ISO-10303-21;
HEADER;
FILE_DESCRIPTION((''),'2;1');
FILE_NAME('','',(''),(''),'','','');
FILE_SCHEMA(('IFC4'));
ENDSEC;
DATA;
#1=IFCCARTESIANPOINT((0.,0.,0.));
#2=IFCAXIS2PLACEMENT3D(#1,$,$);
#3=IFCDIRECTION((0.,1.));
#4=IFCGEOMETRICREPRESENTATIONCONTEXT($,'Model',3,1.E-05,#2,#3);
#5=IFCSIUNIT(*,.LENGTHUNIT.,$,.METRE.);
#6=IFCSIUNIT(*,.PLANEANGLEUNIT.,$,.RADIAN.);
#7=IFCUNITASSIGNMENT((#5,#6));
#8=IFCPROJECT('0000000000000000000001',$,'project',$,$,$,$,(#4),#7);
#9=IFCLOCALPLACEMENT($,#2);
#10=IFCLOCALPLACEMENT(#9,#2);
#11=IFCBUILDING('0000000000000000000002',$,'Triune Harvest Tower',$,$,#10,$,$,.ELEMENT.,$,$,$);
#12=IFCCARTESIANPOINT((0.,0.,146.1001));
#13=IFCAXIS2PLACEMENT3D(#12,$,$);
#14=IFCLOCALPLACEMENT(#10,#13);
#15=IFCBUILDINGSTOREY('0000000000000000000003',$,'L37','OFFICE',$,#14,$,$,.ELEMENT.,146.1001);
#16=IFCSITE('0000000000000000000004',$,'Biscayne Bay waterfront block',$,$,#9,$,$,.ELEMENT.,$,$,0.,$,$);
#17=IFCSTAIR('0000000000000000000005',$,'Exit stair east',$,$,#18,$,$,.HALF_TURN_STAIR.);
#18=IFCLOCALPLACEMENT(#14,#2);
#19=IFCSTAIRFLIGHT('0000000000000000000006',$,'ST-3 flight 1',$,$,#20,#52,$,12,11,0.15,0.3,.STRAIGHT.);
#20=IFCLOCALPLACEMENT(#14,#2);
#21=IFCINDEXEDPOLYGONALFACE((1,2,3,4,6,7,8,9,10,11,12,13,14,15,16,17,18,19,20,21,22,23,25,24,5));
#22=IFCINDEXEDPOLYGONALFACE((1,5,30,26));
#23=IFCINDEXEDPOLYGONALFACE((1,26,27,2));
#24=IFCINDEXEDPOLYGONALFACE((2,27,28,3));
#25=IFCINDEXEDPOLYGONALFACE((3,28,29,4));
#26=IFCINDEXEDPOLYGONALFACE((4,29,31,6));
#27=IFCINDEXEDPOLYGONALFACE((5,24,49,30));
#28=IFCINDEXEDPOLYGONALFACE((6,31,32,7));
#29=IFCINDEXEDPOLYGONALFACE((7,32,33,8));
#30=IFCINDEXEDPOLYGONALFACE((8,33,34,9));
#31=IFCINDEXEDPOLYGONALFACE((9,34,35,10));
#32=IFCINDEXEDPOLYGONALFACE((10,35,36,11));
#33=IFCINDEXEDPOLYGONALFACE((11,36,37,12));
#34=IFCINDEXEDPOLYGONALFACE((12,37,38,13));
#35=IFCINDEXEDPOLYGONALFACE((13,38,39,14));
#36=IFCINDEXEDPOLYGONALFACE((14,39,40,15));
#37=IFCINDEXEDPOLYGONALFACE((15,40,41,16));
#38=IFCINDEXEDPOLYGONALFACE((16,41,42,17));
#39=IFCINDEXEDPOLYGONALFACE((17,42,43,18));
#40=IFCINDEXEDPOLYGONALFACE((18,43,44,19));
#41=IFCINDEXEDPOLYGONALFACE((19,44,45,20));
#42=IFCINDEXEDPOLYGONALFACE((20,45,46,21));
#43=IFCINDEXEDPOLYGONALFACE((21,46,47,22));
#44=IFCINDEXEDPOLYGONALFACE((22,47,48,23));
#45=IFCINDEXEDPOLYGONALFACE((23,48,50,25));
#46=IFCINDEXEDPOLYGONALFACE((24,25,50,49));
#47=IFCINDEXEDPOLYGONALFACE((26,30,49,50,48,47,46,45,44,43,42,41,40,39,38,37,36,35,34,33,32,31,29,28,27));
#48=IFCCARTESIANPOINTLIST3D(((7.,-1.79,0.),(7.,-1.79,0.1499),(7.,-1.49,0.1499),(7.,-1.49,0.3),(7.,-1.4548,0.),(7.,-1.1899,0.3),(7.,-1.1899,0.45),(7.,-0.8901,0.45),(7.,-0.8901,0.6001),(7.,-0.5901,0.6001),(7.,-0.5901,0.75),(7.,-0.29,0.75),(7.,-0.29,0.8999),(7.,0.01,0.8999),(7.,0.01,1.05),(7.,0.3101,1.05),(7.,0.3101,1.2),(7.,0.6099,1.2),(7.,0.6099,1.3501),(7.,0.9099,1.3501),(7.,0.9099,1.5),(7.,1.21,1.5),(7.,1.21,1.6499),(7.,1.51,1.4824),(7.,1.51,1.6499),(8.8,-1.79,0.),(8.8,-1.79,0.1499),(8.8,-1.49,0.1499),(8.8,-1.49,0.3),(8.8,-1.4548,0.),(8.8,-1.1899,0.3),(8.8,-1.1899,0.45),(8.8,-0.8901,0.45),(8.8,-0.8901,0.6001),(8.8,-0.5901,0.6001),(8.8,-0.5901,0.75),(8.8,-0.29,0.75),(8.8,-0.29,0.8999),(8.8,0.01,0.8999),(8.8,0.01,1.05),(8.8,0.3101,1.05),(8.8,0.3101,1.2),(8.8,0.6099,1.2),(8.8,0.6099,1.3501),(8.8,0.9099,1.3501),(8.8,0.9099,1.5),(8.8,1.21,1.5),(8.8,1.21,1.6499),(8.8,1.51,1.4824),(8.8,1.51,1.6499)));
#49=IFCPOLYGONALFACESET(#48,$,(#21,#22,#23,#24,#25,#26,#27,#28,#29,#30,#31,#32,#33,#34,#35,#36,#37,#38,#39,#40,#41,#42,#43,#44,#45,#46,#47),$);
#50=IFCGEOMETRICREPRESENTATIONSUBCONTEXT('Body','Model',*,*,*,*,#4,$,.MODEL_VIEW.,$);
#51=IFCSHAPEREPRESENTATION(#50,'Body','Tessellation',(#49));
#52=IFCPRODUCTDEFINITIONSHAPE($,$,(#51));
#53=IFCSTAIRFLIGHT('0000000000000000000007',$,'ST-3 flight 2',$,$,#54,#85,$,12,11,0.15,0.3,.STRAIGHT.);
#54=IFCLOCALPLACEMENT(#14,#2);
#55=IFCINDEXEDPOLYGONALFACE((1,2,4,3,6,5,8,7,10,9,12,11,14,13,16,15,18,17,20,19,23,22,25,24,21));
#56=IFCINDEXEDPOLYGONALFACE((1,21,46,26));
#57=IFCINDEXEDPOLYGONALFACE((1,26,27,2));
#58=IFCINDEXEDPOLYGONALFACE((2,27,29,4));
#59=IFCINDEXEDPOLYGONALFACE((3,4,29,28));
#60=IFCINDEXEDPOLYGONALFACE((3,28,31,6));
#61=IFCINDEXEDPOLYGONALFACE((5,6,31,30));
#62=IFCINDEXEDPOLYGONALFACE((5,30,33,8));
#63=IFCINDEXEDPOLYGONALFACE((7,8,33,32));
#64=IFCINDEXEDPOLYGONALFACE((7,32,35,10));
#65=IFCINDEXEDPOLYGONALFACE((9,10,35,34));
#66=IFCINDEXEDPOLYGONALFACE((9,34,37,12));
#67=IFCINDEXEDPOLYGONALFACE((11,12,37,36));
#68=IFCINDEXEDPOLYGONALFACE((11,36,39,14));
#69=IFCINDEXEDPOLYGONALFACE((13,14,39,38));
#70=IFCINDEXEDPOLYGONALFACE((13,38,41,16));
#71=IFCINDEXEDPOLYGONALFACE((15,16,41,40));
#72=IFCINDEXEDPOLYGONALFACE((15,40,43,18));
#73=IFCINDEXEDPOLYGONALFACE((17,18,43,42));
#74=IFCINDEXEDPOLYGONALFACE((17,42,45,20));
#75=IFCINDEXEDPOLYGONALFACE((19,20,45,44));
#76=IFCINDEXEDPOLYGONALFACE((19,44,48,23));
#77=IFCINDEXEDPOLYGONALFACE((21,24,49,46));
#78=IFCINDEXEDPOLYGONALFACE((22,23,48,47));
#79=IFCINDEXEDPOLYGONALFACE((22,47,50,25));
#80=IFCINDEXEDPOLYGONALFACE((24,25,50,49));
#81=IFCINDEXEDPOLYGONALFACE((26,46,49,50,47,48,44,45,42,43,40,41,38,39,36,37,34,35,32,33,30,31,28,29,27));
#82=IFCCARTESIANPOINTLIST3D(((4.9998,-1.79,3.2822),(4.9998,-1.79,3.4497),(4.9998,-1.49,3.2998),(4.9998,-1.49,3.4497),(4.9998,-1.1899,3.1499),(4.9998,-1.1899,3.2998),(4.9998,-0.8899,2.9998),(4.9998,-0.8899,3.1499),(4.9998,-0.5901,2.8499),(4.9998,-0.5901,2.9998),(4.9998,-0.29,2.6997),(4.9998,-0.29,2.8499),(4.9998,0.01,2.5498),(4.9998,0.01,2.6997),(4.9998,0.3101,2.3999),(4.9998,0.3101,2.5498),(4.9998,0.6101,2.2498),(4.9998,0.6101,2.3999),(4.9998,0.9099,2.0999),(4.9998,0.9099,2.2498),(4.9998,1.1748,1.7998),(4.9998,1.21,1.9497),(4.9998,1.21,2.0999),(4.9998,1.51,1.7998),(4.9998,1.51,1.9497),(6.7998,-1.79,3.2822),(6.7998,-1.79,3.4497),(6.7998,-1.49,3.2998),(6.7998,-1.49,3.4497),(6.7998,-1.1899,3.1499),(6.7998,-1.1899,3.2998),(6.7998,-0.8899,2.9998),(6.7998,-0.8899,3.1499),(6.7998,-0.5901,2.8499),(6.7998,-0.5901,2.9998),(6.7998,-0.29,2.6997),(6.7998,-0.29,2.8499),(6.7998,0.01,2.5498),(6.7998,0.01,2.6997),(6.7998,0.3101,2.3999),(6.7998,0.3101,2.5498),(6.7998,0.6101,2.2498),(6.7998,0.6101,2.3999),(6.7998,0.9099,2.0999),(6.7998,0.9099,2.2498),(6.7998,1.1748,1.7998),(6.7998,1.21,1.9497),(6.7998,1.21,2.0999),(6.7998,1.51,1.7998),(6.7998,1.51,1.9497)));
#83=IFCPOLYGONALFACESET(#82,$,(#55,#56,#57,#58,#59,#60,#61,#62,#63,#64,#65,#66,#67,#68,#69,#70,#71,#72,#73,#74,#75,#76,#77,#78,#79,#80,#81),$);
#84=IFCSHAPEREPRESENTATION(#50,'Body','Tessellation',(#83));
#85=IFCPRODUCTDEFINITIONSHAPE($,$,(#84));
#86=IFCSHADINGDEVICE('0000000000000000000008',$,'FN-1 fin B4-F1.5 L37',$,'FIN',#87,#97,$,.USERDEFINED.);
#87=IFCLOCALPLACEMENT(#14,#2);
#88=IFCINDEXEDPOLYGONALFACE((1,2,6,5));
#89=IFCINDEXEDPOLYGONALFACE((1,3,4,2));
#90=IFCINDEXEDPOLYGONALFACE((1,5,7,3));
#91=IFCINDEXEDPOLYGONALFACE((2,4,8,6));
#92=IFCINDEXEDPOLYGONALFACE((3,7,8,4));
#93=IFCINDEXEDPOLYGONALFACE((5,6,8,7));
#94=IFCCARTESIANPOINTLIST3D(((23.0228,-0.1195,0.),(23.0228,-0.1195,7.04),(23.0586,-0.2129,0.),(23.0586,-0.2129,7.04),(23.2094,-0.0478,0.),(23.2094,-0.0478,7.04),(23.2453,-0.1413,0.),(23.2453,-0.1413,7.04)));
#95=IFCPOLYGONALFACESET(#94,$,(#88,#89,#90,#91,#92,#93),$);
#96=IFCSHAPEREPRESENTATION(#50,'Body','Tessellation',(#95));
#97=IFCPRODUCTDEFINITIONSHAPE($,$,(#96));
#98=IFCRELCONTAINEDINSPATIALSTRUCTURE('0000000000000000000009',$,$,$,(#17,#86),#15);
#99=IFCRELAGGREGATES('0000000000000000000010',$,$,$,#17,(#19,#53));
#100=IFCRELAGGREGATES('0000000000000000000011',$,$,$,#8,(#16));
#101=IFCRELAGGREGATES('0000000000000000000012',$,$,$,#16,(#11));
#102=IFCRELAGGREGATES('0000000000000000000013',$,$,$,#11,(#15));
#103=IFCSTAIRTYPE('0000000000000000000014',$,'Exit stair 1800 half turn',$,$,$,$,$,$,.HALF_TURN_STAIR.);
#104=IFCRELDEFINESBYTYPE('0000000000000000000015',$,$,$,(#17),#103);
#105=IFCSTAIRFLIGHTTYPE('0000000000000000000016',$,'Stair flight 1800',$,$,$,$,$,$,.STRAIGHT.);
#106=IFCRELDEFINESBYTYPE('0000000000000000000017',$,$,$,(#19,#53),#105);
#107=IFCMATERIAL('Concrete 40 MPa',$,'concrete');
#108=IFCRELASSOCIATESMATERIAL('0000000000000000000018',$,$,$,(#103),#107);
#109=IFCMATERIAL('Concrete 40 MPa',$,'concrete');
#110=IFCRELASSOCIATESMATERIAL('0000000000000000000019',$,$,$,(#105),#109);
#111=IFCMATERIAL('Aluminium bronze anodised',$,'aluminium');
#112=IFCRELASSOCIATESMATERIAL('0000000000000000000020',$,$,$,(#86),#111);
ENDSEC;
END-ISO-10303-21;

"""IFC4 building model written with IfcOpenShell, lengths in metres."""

from ifc_helpers import new_model, si_unit, direction, frame, origin, origin_2d, place, context, subcontext, project, spatial, polyline, rectangle, outline, extrude, source, transform, mapped, material, type_object, element, aggregate, save


model = new_model("IFC4")

# Units and contexts
model_context = context("Model", 3, precision=1e-05, world=origin(), true_north=direction((0.0, 1.0)))
body_context = subcontext(model_context, "Body", "Model", "MODEL_VIEW")
ifc_project = project(units=[si_unit("LENGTHUNIT", "METRE"), si_unit("PLANEANGLEUNIT", "RADIAN")], contexts=[model_context])

# Site, building, storey
site_placement = place(None, origin())
site = spatial("IfcSite", under=ifc_project, at=site_placement, Name="Biscayne Bay waterfront block", CompositionType="ELEMENT", RefElevation=0.0)
building_placement = place(site_placement, origin())
building = spatial("IfcBuilding", under=site, at=building_placement, Name="Triune Harvest Tower", CompositionType="ELEMENT")
storey_placement = place(building_placement, frame((0.0, 0.0, 146.1001)))
storey = spatial("IfcBuildingStorey", under=building, at=storey_placement, Name="L37", Description="OFFICE", CompositionType="ELEMENT", Elevation=146.1001)

# Stair, stair flights
ifc_material_1 = material(Name="Concrete 40 MPa", Category="concrete")
stair_type = type_object("IfcStairType", Name="Exit stair 1800 half turn", PredefinedType="HALF_TURN_STAIR", material=ifc_material_1)
stair_placement = place(storey_placement, origin())
stair = element("IfcStair", 1, at=stair_placement, inside=storey, type_object=stair_type, Name="Exit stair east", PredefinedType="HALF_TURN_STAIR")
ifc_material_2 = material(Name="Concrete 40 MPa", Category="concrete")
stair_flight_type = type_object("IfcStairFlightType", Name="Stair flight 1800", PredefinedType="STRAIGHT", material=ifc_material_2)
shared_shape_1 = source(origin(), body_context, "Body", "SweptSolid", [
    extrude(outline(polyline([(0.0, 0.0), (0.0, 0.1499), (0.3, 0.1499), (0.3, 0.3), (0.6001, 0.3), (0.6001, 0.45), (0.8999, 0.45), (0.8999, 0.6001), (1.2, 0.6001), (1.2, 0.75), (1.5, 0.75), (1.5, 0.8999), (1.8, 0.8999), (1.8, 1.05), (2.1001, 1.05), (2.1001, 1.2), (2.3999, 1.2), (2.3999, 1.3501), (2.7, 1.3501), (2.7, 1.5), (3.0, 1.5), (3.0, 1.6499), (3.3, 1.6499), (3.3, 1.8), (3.3, 1.4824), (0.3352, 0.0), (0.0, 0.0)])), frame((0.0, 0.8999, 0.0), z_axis=(0.0, -1.0, 0.0), x_axis=(1.0, 0.0, 0.0)), (0.0, 0.0, 1.0), 1.8),
])
stair_flight_1_placement = place(storey_placement, frame((7.8999, -1.79, 0.0), z_axis=(0.0, 0.0, 1.0), x_axis=(0.0, 1.0, 0.0)))
stair_flight_1 = element("IfcStairFlight", 2, at=stair_flight_1_placement, type_object=stair_flight_type, Name="ST-3 flight 1", NumberOfRisers=12, NumberOfTreads=11, PredefinedType="STRAIGHT", RiserHeight=0.15, TreadLength=0.3, context=body_context, shape_type="MappedRepresentation", body=[
    mapped(shared_shape_1, transform((0.0, 0.0, 0.0), scale=1.0)),
])
stair_flight_2_placement = place(storey_placement, frame((5.8999, 1.51, 1.7998), z_axis=(0.0, 0.0, 1.0), x_axis=(0.0, -1.0, 0.0)))
stair_flight_2 = element("IfcStairFlight", 3, at=stair_flight_2_placement, type_object=stair_flight_type, Name="ST-3 flight 2", NumberOfRisers=12, NumberOfTreads=11, PredefinedType="STRAIGHT", RiserHeight=0.15, TreadLength=0.3, context=body_context, shape_type="MappedRepresentation", body=[
    mapped(shared_shape_1, transform((0.0, 0.0, 0.0), scale=1.0)),
])
aggregate(stair, [stair_flight_1, stair_flight_2])

# Shading device
ifc_material_3 = material(Name="Aluminium bronze anodised", Category="aluminium")
shared_shape_2 = source(origin(), body_context, "Body", "SweptSolid", [
    extrude(rectangle(XDim=0.1001, YDim=0.2, at=origin_2d()), origin(), (0.0, 0.0, 1.0), 7.04),
])
shading_device_placement = place(storey_placement, frame((23.134, -0.1304, 0.0), z_axis=(0.0, 0.0, 1.0), x_axis=(-0.358369, 0.93358, 0.0)))
element("IfcShadingDevice", 4, at=shading_device_placement, inside=storey, material=ifc_material_3, Name="FN-1 fin B4-F1.5 L37", ObjectType="FIN", PredefinedType="USERDEFINED", context=body_context, shape_type="MappedRepresentation", body=[
    mapped(shared_shape_2, transform((0.0, 0.0, 0.0), scale=1.0)),
])

save(model, "model.ifc")
